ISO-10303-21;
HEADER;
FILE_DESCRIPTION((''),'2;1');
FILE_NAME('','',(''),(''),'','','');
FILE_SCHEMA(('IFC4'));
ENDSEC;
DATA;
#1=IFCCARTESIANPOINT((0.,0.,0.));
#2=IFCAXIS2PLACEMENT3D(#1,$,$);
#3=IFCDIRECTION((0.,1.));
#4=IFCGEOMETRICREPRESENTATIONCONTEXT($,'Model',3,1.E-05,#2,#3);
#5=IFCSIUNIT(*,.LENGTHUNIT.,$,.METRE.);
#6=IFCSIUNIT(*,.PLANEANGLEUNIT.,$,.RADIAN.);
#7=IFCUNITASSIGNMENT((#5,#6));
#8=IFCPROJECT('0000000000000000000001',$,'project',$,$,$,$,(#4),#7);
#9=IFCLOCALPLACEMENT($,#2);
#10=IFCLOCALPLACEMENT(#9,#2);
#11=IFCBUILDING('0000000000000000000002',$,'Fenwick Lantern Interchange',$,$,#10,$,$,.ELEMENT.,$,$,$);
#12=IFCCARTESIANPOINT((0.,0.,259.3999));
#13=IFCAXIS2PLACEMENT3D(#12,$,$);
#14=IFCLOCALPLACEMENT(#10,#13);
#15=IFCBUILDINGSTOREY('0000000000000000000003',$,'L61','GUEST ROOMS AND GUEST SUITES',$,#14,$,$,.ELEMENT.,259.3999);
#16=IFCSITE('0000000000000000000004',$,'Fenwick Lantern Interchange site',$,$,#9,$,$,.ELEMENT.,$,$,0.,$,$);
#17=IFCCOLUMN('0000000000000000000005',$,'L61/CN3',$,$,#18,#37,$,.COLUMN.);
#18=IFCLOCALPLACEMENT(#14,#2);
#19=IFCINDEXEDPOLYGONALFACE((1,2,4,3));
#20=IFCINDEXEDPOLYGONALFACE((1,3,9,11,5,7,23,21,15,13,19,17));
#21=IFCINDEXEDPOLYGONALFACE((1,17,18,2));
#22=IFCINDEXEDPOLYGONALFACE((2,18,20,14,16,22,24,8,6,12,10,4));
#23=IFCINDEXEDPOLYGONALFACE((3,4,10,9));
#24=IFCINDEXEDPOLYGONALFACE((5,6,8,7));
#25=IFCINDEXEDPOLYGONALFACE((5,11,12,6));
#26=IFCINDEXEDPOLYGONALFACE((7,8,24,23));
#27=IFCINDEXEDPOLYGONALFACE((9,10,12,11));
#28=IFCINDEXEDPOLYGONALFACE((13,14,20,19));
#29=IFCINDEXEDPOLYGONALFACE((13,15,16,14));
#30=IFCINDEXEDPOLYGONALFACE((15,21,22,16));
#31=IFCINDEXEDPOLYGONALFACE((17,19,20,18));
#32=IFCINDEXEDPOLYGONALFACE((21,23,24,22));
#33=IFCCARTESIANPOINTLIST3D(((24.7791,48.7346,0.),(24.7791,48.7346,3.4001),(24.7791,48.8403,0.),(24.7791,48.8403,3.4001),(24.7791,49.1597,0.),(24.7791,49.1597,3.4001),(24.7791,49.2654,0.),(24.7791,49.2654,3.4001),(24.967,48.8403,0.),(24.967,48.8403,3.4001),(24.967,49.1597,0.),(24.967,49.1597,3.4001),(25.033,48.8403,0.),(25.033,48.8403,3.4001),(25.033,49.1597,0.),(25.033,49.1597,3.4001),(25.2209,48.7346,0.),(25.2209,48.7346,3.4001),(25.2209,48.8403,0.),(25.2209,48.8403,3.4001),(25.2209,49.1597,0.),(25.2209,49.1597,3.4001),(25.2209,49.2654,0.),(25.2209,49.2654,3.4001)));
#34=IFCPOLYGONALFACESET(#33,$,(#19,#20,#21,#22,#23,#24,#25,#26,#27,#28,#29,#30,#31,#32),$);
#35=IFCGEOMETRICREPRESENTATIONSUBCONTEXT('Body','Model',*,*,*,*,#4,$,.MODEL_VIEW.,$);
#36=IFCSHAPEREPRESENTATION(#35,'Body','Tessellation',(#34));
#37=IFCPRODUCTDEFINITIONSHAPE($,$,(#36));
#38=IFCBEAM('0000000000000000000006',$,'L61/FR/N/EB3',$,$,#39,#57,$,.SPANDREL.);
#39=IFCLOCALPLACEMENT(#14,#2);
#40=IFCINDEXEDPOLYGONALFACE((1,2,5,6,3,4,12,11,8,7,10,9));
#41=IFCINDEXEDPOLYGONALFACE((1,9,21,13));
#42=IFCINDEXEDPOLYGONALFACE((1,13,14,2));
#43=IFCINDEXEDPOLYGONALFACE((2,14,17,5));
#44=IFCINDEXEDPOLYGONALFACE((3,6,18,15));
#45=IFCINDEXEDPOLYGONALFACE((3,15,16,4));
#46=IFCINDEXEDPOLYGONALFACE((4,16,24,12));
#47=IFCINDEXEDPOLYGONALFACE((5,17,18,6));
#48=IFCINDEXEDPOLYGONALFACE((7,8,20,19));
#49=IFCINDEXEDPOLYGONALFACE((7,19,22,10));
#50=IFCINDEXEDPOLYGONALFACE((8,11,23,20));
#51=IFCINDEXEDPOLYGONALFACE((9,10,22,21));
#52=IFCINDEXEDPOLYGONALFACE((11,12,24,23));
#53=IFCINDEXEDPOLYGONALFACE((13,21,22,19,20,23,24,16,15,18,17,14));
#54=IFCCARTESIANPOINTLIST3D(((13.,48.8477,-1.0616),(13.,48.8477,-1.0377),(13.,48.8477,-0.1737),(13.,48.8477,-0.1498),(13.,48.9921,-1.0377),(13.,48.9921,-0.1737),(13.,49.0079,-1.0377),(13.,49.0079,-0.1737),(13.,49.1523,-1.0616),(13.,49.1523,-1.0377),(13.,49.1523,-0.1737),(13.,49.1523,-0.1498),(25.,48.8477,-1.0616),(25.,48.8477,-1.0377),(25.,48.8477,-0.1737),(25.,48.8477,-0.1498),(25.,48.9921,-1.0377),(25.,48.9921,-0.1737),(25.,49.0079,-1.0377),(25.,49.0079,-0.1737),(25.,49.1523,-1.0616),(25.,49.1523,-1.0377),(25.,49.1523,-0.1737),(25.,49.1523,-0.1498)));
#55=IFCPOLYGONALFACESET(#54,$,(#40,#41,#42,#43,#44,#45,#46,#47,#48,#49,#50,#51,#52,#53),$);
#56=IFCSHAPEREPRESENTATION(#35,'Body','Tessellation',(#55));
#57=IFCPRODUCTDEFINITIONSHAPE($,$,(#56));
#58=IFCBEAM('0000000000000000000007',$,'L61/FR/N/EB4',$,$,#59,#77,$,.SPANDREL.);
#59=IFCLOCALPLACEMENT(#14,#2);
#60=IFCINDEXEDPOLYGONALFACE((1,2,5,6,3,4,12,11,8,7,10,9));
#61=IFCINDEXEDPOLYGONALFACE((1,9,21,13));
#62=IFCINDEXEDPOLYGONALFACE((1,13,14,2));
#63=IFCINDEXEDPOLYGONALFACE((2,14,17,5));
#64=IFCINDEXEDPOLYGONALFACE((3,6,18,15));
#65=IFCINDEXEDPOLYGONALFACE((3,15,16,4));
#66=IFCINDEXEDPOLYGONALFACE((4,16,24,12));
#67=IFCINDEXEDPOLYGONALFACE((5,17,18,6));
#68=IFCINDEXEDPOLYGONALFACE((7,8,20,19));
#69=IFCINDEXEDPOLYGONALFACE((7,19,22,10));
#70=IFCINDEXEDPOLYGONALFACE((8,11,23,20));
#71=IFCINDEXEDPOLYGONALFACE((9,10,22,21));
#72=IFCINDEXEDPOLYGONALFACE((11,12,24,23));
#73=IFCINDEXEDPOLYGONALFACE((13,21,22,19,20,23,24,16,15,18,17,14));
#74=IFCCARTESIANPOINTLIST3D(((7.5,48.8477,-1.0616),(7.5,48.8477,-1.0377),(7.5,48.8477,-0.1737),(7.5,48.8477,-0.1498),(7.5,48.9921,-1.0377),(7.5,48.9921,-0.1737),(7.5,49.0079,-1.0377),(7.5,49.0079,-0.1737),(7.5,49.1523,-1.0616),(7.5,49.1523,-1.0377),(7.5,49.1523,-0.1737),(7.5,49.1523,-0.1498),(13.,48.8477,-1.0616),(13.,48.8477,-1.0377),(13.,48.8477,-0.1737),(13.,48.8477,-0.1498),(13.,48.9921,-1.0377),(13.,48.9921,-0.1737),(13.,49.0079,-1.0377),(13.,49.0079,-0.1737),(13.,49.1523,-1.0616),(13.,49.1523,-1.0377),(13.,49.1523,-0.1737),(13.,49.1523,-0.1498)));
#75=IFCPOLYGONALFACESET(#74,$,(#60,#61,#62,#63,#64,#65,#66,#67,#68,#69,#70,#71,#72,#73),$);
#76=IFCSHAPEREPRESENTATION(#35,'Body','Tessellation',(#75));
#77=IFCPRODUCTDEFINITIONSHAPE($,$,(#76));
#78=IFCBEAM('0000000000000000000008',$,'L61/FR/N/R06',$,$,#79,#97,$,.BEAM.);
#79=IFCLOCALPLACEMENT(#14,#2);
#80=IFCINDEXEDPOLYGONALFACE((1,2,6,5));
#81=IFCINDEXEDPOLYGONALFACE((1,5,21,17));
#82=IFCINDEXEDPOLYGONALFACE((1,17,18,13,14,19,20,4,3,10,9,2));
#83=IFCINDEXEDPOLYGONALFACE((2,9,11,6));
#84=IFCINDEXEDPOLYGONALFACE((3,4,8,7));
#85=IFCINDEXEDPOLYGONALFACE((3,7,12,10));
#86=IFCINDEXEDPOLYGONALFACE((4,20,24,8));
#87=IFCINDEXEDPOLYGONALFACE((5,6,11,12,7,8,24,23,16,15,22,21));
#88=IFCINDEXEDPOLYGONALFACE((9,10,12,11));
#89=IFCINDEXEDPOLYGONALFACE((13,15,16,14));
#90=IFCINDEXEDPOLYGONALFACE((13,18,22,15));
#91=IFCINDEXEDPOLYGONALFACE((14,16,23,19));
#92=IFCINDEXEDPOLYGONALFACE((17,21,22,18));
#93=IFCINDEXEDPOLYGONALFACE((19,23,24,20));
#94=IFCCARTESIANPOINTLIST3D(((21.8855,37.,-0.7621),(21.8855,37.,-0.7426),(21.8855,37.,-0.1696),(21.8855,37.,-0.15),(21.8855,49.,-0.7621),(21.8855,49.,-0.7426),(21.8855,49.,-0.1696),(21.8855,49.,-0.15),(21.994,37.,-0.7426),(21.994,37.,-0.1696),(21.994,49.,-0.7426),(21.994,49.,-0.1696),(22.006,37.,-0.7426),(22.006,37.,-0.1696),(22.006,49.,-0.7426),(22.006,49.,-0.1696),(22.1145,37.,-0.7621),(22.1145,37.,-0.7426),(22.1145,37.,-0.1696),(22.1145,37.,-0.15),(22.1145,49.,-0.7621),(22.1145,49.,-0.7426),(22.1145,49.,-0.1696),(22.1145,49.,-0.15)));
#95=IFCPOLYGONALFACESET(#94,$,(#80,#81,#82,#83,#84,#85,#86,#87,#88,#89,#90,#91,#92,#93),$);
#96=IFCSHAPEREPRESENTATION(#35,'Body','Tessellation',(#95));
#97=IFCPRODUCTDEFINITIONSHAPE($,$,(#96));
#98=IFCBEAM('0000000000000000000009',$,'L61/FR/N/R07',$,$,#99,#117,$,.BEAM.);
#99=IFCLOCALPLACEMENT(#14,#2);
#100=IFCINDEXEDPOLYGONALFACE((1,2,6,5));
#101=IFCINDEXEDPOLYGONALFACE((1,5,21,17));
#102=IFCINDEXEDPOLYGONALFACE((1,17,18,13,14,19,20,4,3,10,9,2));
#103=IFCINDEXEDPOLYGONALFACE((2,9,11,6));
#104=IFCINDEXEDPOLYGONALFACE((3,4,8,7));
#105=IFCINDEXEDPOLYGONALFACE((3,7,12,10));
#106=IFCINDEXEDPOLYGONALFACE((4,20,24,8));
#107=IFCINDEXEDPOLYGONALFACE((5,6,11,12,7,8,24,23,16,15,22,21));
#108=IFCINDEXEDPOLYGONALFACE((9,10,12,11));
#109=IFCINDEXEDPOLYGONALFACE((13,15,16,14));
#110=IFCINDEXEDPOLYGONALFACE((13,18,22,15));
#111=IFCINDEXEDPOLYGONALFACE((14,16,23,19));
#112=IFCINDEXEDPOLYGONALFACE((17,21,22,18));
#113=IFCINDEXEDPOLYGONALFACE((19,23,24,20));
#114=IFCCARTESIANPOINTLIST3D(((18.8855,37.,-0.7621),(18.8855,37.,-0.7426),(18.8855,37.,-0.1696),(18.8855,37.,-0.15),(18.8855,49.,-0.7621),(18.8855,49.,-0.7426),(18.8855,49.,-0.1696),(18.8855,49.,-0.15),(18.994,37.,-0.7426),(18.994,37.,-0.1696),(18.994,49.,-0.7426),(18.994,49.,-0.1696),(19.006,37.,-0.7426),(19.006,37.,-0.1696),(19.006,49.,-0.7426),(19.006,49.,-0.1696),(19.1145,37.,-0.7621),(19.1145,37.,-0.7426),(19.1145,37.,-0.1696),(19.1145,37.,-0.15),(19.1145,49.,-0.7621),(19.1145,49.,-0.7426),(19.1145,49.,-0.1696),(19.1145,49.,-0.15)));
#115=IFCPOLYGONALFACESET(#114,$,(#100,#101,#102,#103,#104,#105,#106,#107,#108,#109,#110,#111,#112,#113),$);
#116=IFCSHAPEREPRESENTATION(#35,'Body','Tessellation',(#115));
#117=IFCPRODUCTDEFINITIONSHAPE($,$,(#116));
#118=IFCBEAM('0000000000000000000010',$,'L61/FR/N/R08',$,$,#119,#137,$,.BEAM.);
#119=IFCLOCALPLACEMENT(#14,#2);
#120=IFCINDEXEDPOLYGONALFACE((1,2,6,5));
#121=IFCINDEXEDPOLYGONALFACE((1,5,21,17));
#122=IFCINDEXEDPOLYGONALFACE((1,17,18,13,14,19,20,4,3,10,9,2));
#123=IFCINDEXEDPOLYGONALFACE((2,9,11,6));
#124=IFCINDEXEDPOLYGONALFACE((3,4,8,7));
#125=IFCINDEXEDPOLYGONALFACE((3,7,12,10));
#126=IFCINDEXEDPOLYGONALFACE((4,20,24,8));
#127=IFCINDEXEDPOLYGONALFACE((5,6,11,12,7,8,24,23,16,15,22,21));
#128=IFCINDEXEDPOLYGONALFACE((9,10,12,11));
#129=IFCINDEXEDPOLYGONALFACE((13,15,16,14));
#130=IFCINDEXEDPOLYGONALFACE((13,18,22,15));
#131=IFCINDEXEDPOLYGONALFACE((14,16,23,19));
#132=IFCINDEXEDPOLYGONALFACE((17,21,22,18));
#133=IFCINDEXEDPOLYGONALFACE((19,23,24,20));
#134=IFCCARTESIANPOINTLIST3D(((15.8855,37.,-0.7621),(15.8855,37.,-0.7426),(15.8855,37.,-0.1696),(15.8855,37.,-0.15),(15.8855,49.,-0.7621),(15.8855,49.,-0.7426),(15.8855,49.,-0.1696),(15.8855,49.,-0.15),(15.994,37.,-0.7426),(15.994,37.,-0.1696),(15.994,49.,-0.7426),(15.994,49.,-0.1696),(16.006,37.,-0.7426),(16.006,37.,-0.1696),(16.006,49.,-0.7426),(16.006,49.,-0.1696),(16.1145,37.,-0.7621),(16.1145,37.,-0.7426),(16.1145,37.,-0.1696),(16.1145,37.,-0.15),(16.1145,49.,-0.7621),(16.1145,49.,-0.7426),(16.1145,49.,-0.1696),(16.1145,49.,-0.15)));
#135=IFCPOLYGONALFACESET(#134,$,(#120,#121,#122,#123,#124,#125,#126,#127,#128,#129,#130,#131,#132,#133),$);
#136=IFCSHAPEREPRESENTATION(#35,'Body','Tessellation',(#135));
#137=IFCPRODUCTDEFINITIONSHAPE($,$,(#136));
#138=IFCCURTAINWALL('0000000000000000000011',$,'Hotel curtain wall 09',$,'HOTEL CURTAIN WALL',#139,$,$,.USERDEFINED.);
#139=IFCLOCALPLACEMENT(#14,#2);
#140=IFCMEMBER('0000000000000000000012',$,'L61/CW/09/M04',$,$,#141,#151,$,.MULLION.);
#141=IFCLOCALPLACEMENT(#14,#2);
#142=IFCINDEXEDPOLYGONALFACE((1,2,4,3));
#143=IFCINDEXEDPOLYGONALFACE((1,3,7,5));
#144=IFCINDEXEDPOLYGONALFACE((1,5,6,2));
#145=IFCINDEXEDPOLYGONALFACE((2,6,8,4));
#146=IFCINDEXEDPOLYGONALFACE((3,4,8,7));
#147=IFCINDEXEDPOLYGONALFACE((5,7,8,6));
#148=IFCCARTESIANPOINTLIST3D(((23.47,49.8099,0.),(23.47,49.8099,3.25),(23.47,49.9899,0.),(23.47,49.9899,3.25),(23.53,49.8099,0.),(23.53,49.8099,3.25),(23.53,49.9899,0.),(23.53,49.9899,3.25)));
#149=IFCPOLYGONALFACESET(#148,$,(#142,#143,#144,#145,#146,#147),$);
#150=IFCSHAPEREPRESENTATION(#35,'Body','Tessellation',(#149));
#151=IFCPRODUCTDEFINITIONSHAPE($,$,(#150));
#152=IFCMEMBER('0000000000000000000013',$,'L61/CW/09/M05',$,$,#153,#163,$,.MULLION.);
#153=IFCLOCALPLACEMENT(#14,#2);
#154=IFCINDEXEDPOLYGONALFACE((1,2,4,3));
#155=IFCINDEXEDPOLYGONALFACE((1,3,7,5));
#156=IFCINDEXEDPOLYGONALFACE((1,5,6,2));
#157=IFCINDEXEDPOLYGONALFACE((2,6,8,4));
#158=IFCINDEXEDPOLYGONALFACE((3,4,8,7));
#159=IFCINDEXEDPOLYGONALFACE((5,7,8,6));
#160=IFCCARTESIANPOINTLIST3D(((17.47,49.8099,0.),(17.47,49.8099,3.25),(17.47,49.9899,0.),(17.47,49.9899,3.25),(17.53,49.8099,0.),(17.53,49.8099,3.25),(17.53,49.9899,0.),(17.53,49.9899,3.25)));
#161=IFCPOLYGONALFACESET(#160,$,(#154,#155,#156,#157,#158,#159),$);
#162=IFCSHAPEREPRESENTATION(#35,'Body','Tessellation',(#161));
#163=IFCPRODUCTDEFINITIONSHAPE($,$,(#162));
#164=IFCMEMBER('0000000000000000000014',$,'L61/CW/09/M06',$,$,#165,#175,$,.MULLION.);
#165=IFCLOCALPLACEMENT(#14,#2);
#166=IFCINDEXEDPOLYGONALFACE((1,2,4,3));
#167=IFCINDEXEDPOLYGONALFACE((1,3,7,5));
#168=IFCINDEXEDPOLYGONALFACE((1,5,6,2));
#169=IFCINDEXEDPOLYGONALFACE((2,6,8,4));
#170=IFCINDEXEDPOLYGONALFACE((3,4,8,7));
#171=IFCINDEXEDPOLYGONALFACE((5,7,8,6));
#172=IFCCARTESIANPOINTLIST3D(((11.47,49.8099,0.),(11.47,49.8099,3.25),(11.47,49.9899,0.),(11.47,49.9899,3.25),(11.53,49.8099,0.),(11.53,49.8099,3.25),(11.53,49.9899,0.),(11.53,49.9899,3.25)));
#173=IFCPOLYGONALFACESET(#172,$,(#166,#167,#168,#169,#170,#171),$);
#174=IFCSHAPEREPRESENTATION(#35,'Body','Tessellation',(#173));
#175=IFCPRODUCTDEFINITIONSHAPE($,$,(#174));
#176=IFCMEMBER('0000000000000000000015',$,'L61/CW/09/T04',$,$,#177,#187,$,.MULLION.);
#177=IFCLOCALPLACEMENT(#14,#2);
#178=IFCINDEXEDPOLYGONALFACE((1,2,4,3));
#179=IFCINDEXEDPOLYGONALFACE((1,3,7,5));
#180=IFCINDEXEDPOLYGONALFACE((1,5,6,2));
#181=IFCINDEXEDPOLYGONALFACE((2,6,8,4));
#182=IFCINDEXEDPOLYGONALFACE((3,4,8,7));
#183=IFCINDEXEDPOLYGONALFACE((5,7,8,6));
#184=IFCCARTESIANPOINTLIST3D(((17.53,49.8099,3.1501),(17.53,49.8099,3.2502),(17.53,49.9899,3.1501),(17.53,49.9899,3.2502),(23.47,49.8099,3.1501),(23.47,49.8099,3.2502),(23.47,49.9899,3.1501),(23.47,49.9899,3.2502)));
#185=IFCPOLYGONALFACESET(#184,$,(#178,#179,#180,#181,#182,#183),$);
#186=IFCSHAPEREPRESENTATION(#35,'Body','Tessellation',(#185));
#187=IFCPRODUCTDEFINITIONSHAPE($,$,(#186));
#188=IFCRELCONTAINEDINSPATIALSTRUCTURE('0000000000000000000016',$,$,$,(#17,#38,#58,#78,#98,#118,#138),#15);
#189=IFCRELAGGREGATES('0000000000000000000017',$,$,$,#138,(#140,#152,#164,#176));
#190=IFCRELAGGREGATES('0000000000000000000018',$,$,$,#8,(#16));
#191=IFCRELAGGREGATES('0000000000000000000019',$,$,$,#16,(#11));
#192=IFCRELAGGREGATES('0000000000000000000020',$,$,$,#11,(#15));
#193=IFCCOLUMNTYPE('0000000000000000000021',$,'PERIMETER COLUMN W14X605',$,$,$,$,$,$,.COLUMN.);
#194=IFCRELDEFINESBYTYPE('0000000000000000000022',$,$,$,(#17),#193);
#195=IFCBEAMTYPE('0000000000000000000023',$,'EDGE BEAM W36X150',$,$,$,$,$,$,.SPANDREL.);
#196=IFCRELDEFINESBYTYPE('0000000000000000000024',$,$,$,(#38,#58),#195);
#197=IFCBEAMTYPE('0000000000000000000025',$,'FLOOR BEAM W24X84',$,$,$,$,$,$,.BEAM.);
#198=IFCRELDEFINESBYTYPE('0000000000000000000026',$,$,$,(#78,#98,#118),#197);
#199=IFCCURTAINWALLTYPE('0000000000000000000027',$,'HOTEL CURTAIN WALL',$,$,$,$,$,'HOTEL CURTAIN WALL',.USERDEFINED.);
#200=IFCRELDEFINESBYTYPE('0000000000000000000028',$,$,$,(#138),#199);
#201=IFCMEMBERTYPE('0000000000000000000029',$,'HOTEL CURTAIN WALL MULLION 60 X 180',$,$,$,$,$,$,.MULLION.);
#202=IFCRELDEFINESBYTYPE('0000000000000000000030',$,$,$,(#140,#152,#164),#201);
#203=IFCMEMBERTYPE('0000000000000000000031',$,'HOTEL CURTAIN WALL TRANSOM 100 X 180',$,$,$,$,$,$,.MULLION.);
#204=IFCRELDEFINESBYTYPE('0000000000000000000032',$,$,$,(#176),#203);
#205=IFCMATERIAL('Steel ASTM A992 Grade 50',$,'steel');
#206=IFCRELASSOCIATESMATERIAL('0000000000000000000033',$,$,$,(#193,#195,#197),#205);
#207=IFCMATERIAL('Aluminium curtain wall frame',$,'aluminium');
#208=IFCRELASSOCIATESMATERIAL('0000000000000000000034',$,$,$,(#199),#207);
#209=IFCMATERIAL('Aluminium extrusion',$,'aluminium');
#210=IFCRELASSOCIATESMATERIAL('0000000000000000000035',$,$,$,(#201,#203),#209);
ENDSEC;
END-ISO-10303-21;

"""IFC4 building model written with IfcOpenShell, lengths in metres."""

from ifc_helpers import new_model, si_unit, direction, frame, origin, origin_2d, place, context, subcontext, project, spatial, rectangle, i_section, extrude, material, material_profile, profile_set, type_object, element, aggregate, save


model = new_model("IFC4")

# Units and contexts
model_context = context("Model", 3, precision=1e-05, world=origin(), true_north=direction((0.0, 1.0)))
body_context = subcontext(model_context, "Body", "Model", "MODEL_VIEW")
ifc_project = project(units=[si_unit("LENGTHUNIT", "METRE"), si_unit("PLANEANGLEUNIT", "RADIAN")], contexts=[model_context])

# Site, building, storey
site_placement = place(None, origin())
site = spatial("IfcSite", under=ifc_project, at=site_placement, Name="Fenwick Lantern Interchange site", CompositionType="ELEMENT", RefElevation=0.0)
building_placement = place(site_placement, origin())
building = spatial("IfcBuilding", under=site, at=building_placement, Name="Fenwick Lantern Interchange", CompositionType="ELEMENT")
storey_placement = place(building_placement, frame((0.0, 0.0, 259.3999)))
storey = spatial("IfcBuildingStorey", under=building, at=storey_placement, Name="L61", Description="GUEST ROOMS AND GUEST SUITES", CompositionType="ELEMENT", Elevation=259.3999)

# Column
ifc_material_1 = material(Name="Steel ASTM A992 Grade 50", Category="steel")
ifc_material_profile_1 = material_profile(ifc_material_1, i_section(OverallWidth=0.4419, OverallDepth=0.5308, WebThickness=0.0659, FlangeThickness=0.1057, at=origin_2d()), Name="W14X605")
ifc_profile_set_1 = profile_set([ifc_material_profile_1], Name="Steel ASTM A992 Grade 50")
column_type = type_object("IfcColumnType", Name="PERIMETER COLUMN W14X605", PredefinedType="COLUMN", material=ifc_profile_set_1)
column_placement = place(storey_placement, frame((25.0, 49.0, 0.0), z_axis=(0.0, 0.0, 1.0), x_axis=(1.0, 0.0, 0.0)))
element("IfcColumn", 1, at=column_placement, inside=storey, type_object=column_type, Name="L61/CN3", PredefinedType="COLUMN", context=body_context, shape_type="SweptSolid", body=[
    extrude(i_section(OverallWidth=0.4419, OverallDepth=0.5308, WebThickness=0.0659, FlangeThickness=0.1057, at=origin_2d()), origin(), (0.0, 0.0, 1.0), 3.4001),
])

# Beams
ifc_material_profile_2 = material_profile(ifc_material_1, i_section(OverallWidth=0.3047, OverallDepth=0.9119, WebThickness=0.0159, FlangeThickness=0.0239, at=origin_2d()), Name="W36X150")
ifc_profile_set_2 = profile_set([ifc_material_profile_2], Name="Steel ASTM A992 Grade 50")
beam_type_1 = type_object("IfcBeamType", Name="EDGE BEAM W36X150", PredefinedType="SPANDREL", material=ifc_profile_set_2)
beam_1_placement = place(storey_placement, frame((25.0, 49.0, -0.6057), z_axis=(-1.0, 0.0, 0.0), x_axis=(0.0, -1.0, 0.0)))
element("IfcBeam", 2, at=beam_1_placement, inside=storey, type_object=beam_type_1, Name="L61/FR/N/EB3", PredefinedType="SPANDREL", context=body_context, shape_type="SweptSolid", body=[
    extrude(i_section(OverallWidth=0.3047, OverallDepth=0.9119, WebThickness=0.0159, FlangeThickness=0.0239, at=origin_2d()), origin(), (0.0, 0.0, 1.0), 12.0),
])
beam_2_placement = place(storey_placement, frame((13.0, 49.0, -0.6057), z_axis=(-1.0, 0.0, 0.0), x_axis=(0.0, -1.0, 0.0)))
element("IfcBeam", 3, at=beam_2_placement, inside=storey, type_object=beam_type_1, Name="L61/FR/N/EB4", PredefinedType="SPANDREL", context=body_context, shape_type="SweptSolid", body=[
    extrude(i_section(OverallWidth=0.3047, OverallDepth=0.9119, WebThickness=0.0159, FlangeThickness=0.0239, at=origin_2d()), origin(), (0.0, 0.0, 1.0), 5.5),
])
ifc_material_profile_3 = material_profile(ifc_material_1, i_section(OverallWidth=0.229, OverallDepth=0.6121, WebThickness=0.012, FlangeThickness=0.0195, at=origin_2d()), Name="W24X84")
ifc_profile_set_3 = profile_set([ifc_material_profile_3], Name="Steel ASTM A992 Grade 50")
beam_type_2 = type_object("IfcBeamType", Name="FLOOR BEAM W24X84", PredefinedType="BEAM", material=ifc_profile_set_3)
for number, where, z_axis, x_axis, name in (
    (4, (22.0, 49.0, -0.4561), (0.0, -1.0, 0.0), (1.0, 0.0, 0.0), "L61/FR/N/R06"),
    (5, (19.0, 49.0, -0.4561), (0.0, -1.0, 0.0), (1.0, 0.0, 0.0), "L61/FR/N/R07"),
    (6, (16.0, 49.0, -0.4561), (0.0, -1.0, 0.0), (1.0, 0.0, 0.0), "L61/FR/N/R08"),
):
    element("IfcBeam", number, at=place(storey_placement, frame(where, z_axis=z_axis, x_axis=x_axis)), inside=storey, type_object=beam_type_2, Name=name, PredefinedType="BEAM", context=body_context, shape_type="SweptSolid", body=[
        extrude(i_section(OverallWidth=0.229, OverallDepth=0.6121, WebThickness=0.012, FlangeThickness=0.0195, at=origin_2d()), origin(), (0.0, 0.0, 1.0), 12.0),
    ])

# Curtain wall, members
ifc_material_2 = material(Name="Aluminium curtain wall frame", Category="aluminium")
curtain_wall_type = type_object("IfcCurtainWallType", Name="HOTEL CURTAIN WALL", ElementType="HOTEL CURTAIN WALL", PredefinedType="USERDEFINED", material=ifc_material_2)
curtain_wall_placement = place(storey_placement, origin())
curtain_wall = element("IfcCurtainWall", 7, at=curtain_wall_placement, inside=storey, type_object=curtain_wall_type, Name="Hotel curtain wall 09", ObjectType="HOTEL CURTAIN WALL", PredefinedType="USERDEFINED")
ifc_material_3 = material(Name="Aluminium extrusion", Category="aluminium")
ifc_material_profile_4 = material_profile(ifc_material_3, rectangle(XDim=0.1799, YDim=0.0601, at=origin_2d()), Name="HOTEL CURTAIN WALL MULLION 60 X 180")
ifc_profile_set_4 = profile_set([ifc_material_profile_4], Name="Aluminium extrusion")
member_type_1 = type_object("IfcMemberType", Name="HOTEL CURTAIN WALL MULLION 60 X 180", PredefinedType="MULLION", material=ifc_profile_set_4)
member_1_placement = place(storey_placement, frame((23.5, 49.8999, 0.0), z_axis=(0.0, 0.0, 1.0), x_axis=(0.0, -1.0, 0.0)))
member_1 = element("IfcMember", 8, at=member_1_placement, type_object=member_type_1, Name="L61/CW/09/M04", PredefinedType="MULLION", context=body_context, shape_type="SweptSolid", body=[
    extrude(rectangle(XDim=0.1799, YDim=0.0601, at=origin_2d()), origin(), (0.0, 0.0, 1.0), 3.25),
])
member_2_placement = place(storey_placement, frame((17.5, 49.8999, 0.0), z_axis=(0.0, 0.0, 1.0), x_axis=(0.0, -1.0, 0.0)))
member_2 = element("IfcMember", 9, at=member_2_placement, type_object=member_type_1, Name="L61/CW/09/M05", PredefinedType="MULLION", context=body_context, shape_type="SweptSolid", body=[
    extrude(rectangle(XDim=0.1799, YDim=0.0601, at=origin_2d()), origin(), (0.0, 0.0, 1.0), 3.25),
])
member_3_placement = place(storey_placement, frame((11.5, 49.8999, 0.0), z_axis=(0.0, 0.0, 1.0), x_axis=(0.0, -1.0, 0.0)))
member_3 = element("IfcMember", 10, at=member_3_placement, type_object=member_type_1, Name="L61/CW/09/M06", PredefinedType="MULLION", context=body_context, shape_type="SweptSolid", body=[
    extrude(rectangle(XDim=0.1799, YDim=0.0601, at=origin_2d()), origin(), (0.0, 0.0, 1.0), 3.25),
])
ifc_material_profile_5 = material_profile(ifc_material_3, rectangle(XDim=0.1799, YDim=0.1001, at=origin_2d()), Name="HOTEL CURTAIN WALL TRANSOM 100 X 180")
ifc_profile_set_5 = profile_set([ifc_material_profile_5], Name="Aluminium extrusion")
member_type_2 = type_object("IfcMemberType", Name="HOTEL CURTAIN WALL TRANSOM 100 X 180", PredefinedType="MULLION", material=ifc_profile_set_5)
member_4_placement = place(storey_placement, frame((23.47, 49.8999, 3.2002), z_axis=(-1.0, 0.0, 0.0), x_axis=(0.0, -1.0, 0.0)))
member_4 = element("IfcMember", 11, at=member_4_placement, type_object=member_type_2, Name="L61/CW/09/T04", PredefinedType="MULLION", context=body_context, shape_type="SweptSolid", body=[
    extrude(rectangle(XDim=0.1799, YDim=0.1001, at=origin_2d()), origin(), (0.0, 0.0, 1.0), 5.9399),
])
aggregate(curtain_wall, [member_1, member_2, member_3, member_4])

save(model, "model.ifc")
